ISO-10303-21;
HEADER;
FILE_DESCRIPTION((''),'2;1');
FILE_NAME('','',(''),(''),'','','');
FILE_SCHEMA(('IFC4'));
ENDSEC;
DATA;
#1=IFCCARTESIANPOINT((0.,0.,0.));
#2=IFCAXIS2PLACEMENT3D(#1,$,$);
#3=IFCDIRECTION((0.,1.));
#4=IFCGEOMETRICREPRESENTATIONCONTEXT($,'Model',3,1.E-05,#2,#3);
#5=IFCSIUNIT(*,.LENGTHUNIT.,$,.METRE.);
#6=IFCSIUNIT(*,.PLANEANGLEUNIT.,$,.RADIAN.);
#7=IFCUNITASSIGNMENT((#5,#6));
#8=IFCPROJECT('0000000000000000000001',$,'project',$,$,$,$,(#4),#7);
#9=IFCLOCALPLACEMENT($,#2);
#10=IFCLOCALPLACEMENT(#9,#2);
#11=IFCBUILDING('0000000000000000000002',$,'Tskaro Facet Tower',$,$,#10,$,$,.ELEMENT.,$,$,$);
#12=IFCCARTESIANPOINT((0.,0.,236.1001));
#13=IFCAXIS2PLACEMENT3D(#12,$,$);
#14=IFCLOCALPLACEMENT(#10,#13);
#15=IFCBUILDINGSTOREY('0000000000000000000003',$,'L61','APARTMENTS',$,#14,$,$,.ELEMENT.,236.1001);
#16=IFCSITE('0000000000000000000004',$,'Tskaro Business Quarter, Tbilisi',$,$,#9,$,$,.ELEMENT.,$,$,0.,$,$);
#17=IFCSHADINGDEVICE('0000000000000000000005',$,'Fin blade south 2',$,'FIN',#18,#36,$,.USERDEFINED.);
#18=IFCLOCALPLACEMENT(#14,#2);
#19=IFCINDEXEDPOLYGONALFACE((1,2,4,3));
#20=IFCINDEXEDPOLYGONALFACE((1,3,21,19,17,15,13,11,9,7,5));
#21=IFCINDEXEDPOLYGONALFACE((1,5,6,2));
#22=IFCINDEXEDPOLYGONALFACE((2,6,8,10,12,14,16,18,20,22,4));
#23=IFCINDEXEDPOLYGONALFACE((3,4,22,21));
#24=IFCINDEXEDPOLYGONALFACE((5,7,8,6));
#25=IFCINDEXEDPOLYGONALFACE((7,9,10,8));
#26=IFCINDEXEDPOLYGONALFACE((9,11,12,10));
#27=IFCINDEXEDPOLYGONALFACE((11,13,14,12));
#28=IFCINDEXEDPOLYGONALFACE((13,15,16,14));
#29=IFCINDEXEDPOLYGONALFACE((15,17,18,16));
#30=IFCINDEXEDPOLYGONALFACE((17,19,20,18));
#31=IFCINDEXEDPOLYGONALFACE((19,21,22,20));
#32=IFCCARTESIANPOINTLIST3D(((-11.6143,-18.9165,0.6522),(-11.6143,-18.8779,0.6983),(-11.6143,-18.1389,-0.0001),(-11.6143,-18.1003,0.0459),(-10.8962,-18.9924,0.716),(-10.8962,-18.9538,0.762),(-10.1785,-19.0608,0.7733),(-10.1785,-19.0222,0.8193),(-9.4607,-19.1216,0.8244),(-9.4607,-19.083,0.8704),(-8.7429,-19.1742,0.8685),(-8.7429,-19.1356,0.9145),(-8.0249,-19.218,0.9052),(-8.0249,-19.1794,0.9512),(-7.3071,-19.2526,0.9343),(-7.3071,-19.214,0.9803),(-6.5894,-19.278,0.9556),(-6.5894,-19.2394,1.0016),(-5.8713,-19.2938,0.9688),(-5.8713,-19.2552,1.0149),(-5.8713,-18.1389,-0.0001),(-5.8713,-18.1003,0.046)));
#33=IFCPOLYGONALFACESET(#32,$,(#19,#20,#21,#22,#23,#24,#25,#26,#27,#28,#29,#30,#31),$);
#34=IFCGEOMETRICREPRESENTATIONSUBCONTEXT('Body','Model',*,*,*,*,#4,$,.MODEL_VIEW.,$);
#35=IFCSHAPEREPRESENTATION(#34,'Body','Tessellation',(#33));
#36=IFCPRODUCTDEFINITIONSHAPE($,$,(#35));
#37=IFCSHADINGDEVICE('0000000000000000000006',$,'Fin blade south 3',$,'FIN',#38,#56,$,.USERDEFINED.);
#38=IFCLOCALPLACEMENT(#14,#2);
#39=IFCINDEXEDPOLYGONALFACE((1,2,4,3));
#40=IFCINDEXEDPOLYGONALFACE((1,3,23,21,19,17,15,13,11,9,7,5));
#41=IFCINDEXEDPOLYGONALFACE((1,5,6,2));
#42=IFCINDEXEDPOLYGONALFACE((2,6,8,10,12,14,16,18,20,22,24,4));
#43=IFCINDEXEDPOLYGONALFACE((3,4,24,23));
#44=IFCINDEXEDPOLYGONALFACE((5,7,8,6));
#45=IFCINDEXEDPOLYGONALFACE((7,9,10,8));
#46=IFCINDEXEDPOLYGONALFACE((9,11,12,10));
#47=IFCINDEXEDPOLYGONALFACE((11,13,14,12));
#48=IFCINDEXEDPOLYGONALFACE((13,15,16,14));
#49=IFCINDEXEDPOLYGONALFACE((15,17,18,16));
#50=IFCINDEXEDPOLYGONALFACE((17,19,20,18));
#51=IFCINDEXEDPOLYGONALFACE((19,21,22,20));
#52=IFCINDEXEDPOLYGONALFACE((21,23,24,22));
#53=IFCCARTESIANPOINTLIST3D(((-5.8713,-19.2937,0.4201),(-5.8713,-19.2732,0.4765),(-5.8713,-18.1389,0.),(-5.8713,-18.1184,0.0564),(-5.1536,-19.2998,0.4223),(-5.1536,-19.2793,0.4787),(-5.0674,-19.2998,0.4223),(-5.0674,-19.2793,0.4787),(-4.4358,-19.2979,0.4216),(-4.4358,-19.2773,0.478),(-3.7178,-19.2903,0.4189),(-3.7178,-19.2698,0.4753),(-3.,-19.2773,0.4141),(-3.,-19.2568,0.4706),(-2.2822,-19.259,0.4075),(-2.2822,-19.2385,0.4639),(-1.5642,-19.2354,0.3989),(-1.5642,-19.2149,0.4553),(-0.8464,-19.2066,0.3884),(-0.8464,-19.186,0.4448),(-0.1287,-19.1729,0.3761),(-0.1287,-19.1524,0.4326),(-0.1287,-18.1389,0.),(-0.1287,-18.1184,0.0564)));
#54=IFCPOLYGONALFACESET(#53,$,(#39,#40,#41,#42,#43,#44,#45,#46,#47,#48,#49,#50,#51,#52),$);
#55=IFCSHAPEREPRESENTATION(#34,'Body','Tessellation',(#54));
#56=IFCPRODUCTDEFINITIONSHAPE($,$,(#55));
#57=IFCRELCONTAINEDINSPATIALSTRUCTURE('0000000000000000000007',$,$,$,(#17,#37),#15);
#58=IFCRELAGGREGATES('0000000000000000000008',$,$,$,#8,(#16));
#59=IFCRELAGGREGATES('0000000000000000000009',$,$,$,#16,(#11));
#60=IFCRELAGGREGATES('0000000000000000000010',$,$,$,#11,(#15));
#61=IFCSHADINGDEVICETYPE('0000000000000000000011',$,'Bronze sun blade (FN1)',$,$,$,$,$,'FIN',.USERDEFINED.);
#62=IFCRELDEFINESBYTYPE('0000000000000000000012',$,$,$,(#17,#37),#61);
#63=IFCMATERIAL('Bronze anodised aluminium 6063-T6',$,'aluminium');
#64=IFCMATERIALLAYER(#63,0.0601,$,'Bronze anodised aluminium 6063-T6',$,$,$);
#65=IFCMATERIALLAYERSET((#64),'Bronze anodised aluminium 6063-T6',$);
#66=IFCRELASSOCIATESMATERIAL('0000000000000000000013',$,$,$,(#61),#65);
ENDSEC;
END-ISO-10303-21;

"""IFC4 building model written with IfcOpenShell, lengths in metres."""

from ifc_helpers import new_model, si_unit, direction, frame, origin, place, context, subcontext, project, spatial, polyline, outline, extrude, material, layer, layer_set, type_object, element, save


model = new_model("IFC4")

# Units and contexts
model_context = context("Model", 3, precision=1e-05, world=origin(), true_north=direction((0.0, 1.0)))
body_context = subcontext(model_context, "Body", "Model", "MODEL_VIEW")
ifc_project = project(units=[si_unit("LENGTHUNIT", "METRE"), si_unit("PLANEANGLEUNIT", "RADIAN")], contexts=[model_context])

# Site, building, storey
site_placement = place(None, origin())
site = spatial("IfcSite", under=ifc_project, at=site_placement, Name="Tskaro Business Quarter, Tbilisi", CompositionType="ELEMENT", RefElevation=0.0)
building_placement = place(site_placement, origin())
building = spatial("IfcBuilding", under=site, at=building_placement, Name="Tskaro Facet Tower", CompositionType="ELEMENT")
storey_placement = place(building_placement, frame((0.0, 0.0, 236.1001)))
storey = spatial("IfcBuildingStorey", under=building, at=storey_placement, Name="L61", Description="APARTMENTS", CompositionType="ELEMENT", Elevation=236.1001)

# Shared definitions
ifc_material_1 = material(Name="Bronze anodised aluminium 6063-T6", Category="aluminium")

# Shading devices
ifc_layer_1 = layer(ifc_material_1, 0.0601, Name="Bronze anodised aluminium 6063-T6")
ifc_layer_set_1 = layer_set([ifc_layer_1], Name="Bronze anodised aluminium 6063-T6")
shading_device_type = type_object("IfcShadingDeviceType", Name="Bronze sun blade (FN1)", ElementType="FIN", PredefinedType="USERDEFINED", material=ifc_layer_set_1)
shading_device_1_placement = place(storey_placement, frame((-11.6143, -18.1003, 0.0459), z_axis=(-0.000014, 0.642728, 0.766094), x_axis=(1.0, 0.000009, 0.00001)))
element("IfcShadingDevice", 1, at=shading_device_1_placement, inside=storey, type_object=shading_device_type, Name="Fin blade south 2", ObjectType="FIN", PredefinedType="USERDEFINED", context=body_context, shape_type="SweptSolid", body=[
    extrude(outline(polyline([(0.0, 0.0), (5.7429, 0.0), (5.7429, -1.5075), (5.0249, -1.4869), (4.3071, -1.4538), (3.5894, -1.4085), (2.8713, -1.3513), (2.1536, -1.2827), (1.4358, -1.2034), (0.718, -1.1141), (0.0, -1.015), (0.0, 0.0)])), origin(), (0.0, 0.0, -1.0), 0.0601),
])
shading_device_2_placement = place(storey_placement, frame((-5.8713, -18.1184, 0.0564), z_axis=(-0.000001, 0.341891, 0.93974), x_axis=(1.0, 0.0, 0.000001)))
element("IfcShadingDevice", 2, at=shading_device_2_placement, inside=storey, type_object=shading_device_type, Name="Fin blade south 3", ObjectType="FIN", PredefinedType="USERDEFINED", context=body_context, shape_type="SweptSolid", body=[
    extrude(outline(polyline([(0.0, 0.0), (5.7427, 0.0), (5.7427, -1.1003), (5.0249, -1.1361), (4.3071, -1.1668), (3.5891, -1.1919), (2.8713, -1.2114), (2.1536, -1.2252), (1.4355, -1.2332), (0.804, -1.2353), (0.7178, -1.2353), (0.0, -1.2288), (0.0, 0.0)])), origin(), (0.0, 0.0, -1.0), 0.0601),
])

save(model, "model.ifc")
